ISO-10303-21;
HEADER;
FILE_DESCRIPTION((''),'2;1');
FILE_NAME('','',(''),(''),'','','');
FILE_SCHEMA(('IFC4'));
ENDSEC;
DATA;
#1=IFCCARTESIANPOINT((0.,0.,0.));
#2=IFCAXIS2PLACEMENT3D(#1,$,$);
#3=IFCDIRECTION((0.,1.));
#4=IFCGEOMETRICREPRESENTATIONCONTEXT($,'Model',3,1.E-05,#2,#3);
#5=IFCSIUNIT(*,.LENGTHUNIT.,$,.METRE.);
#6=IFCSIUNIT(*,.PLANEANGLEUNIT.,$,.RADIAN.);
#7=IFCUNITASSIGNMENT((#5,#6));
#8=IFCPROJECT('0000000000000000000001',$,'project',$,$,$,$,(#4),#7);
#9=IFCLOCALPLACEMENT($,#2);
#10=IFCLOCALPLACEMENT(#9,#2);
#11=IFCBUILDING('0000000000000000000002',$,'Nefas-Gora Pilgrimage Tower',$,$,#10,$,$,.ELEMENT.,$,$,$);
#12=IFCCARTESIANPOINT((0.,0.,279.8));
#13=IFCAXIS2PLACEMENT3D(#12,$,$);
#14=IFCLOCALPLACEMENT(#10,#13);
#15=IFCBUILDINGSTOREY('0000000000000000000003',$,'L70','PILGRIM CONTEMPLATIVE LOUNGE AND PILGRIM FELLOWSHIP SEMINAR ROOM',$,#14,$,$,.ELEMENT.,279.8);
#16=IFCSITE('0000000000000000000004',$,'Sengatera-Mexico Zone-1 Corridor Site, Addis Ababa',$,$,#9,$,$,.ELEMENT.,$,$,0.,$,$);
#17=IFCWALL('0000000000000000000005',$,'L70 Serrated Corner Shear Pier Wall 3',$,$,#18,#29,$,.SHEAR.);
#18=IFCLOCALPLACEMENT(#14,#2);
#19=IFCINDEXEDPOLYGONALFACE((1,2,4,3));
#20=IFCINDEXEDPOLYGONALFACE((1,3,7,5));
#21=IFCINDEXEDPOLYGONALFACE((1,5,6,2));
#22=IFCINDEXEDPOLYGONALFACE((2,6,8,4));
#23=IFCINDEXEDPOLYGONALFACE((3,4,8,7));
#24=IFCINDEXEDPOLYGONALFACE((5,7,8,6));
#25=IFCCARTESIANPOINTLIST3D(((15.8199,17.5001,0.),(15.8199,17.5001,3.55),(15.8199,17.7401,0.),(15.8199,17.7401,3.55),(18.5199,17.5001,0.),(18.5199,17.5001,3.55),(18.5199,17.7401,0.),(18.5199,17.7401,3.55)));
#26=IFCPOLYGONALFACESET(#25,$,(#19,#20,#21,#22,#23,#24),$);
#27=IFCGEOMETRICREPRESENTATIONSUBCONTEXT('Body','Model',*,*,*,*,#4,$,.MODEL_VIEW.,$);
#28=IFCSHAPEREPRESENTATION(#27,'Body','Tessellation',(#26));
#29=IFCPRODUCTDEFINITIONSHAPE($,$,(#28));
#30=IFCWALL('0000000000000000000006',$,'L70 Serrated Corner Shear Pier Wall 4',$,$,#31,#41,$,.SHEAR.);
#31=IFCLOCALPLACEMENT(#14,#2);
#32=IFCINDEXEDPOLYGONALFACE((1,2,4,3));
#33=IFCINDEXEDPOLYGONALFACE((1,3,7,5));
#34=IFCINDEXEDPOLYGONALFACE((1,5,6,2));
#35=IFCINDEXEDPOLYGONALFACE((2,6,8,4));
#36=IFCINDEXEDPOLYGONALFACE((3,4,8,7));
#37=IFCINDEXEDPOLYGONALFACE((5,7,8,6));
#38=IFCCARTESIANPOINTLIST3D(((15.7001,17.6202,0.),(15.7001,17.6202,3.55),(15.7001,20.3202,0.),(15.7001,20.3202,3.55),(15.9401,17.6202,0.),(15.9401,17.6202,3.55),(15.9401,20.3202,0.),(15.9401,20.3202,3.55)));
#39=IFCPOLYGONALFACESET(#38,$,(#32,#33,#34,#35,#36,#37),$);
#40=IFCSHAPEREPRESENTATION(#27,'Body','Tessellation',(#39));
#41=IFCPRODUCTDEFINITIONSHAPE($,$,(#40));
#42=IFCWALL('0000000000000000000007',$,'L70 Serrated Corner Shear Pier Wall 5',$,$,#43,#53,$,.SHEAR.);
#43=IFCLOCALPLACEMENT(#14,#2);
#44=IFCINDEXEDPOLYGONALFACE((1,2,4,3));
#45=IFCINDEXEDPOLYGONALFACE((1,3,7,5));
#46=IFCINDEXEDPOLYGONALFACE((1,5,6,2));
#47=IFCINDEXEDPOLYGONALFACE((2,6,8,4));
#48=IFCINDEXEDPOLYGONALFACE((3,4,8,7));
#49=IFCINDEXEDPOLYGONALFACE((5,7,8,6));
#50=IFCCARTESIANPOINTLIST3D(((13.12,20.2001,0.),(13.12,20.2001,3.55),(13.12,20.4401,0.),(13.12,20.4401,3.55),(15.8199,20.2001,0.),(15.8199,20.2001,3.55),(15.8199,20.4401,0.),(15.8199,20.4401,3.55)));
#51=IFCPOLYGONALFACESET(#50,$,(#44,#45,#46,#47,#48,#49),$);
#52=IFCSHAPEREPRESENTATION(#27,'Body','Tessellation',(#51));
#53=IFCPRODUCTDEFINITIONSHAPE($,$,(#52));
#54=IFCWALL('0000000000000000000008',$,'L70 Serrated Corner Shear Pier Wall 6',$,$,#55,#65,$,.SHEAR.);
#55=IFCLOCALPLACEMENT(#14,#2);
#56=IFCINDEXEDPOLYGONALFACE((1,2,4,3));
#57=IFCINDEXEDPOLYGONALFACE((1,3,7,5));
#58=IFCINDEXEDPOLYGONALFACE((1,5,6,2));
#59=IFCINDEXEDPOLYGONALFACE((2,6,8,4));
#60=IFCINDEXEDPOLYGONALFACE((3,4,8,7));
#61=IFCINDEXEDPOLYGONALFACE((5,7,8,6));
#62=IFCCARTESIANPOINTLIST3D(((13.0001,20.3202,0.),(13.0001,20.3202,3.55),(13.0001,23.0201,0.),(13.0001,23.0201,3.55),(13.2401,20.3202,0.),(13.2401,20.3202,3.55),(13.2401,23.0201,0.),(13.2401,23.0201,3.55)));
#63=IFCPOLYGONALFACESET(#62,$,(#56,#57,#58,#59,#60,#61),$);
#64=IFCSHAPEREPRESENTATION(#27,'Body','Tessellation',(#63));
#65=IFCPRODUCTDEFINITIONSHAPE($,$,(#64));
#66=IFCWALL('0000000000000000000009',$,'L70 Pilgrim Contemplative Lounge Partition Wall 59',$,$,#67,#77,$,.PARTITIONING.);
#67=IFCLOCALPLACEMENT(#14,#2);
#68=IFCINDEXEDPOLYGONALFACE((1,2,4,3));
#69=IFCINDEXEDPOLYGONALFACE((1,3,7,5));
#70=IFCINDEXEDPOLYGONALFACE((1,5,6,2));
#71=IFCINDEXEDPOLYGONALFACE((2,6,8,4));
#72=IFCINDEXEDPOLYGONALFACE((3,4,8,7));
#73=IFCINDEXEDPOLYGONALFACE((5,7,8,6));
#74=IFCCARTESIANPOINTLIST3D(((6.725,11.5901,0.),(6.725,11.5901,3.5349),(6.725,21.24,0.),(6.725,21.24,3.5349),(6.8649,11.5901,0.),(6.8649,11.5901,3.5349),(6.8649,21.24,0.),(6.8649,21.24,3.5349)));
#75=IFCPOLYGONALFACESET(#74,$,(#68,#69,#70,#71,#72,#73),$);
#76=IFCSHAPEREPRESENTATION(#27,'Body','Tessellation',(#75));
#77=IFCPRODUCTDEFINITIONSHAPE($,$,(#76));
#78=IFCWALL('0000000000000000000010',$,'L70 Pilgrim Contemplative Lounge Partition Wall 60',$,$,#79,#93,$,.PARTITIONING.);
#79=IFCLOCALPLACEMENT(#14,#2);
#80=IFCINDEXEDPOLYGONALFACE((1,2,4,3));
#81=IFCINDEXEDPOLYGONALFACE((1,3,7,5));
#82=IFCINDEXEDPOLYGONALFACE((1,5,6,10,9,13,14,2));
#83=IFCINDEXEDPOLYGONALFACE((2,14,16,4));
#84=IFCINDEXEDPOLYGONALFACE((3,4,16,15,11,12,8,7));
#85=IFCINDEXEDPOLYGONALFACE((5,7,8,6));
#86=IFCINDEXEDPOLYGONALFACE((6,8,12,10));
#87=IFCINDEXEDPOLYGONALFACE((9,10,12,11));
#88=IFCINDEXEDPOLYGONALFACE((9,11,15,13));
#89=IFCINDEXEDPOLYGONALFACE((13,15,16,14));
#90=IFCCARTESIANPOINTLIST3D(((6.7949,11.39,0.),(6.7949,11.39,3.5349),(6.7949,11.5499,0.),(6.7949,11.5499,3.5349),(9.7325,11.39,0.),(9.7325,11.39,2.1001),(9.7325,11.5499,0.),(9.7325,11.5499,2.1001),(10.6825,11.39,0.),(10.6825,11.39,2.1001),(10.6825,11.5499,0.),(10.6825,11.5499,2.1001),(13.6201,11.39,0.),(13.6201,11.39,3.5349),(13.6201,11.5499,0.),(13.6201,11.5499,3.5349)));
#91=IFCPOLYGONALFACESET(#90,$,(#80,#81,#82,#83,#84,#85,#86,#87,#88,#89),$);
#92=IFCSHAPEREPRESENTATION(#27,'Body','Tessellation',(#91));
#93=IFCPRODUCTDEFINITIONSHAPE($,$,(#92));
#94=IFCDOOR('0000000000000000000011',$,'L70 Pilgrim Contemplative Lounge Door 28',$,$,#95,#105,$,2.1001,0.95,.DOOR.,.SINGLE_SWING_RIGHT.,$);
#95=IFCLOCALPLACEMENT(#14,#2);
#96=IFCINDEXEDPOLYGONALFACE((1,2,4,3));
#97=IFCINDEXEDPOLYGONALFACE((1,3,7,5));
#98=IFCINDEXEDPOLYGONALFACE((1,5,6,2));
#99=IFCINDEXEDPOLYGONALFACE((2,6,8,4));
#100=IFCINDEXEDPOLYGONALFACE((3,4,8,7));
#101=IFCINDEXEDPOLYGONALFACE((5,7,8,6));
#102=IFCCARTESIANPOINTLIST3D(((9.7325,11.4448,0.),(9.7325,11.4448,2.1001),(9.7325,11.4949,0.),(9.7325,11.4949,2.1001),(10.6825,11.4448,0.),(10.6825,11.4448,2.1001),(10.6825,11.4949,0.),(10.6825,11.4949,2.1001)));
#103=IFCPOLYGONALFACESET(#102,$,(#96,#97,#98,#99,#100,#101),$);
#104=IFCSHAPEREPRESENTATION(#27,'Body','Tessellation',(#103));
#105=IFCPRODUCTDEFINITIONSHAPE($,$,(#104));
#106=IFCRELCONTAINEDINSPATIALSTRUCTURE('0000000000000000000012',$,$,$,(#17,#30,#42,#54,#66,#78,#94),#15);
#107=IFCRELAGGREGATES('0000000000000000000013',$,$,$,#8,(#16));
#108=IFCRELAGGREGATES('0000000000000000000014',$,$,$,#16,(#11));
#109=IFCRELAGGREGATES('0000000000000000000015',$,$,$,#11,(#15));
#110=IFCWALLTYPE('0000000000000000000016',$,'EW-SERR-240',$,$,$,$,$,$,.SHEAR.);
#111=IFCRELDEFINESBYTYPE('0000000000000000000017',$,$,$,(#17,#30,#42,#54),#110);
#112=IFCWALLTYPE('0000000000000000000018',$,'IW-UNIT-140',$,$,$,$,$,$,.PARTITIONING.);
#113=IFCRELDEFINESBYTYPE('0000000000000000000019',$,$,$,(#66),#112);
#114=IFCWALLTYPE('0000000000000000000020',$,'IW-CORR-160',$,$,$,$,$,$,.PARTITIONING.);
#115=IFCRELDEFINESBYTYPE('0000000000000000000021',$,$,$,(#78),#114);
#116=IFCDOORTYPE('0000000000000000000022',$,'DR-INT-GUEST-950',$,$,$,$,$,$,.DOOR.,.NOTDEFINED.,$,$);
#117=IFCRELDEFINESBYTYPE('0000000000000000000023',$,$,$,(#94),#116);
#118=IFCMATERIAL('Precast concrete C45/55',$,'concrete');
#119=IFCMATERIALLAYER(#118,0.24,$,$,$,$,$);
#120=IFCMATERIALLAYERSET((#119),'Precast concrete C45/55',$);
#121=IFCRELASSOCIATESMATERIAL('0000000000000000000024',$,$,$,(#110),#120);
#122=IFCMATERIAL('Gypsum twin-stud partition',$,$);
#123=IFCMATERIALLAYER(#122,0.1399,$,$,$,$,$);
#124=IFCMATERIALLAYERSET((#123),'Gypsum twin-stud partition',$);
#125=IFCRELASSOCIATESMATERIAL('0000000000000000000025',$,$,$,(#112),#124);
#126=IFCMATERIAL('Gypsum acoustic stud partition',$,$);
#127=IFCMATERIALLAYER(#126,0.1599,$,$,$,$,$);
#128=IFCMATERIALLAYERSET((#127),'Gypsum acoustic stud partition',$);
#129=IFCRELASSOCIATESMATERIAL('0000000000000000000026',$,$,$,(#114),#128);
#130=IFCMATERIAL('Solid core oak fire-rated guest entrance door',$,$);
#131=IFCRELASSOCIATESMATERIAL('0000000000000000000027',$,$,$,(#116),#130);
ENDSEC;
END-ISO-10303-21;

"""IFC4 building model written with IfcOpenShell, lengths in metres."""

from ifc_helpers import new_model, si_unit, direction, frame, frame_2d, origin, place, context, subcontext, project, spatial, rectangle, extrude, source, transform, mapped, material, layer, layer_set, type_object, element, fill, save


model = new_model("IFC4")

# Units and contexts
model_context = context("Model", 3, precision=1e-05, world=origin(), true_north=direction((0.0, 1.0)))
body_context = subcontext(model_context, "Body", "Model", "MODEL_VIEW")
ifc_project = project(units=[si_unit("LENGTHUNIT", "METRE"), si_unit("PLANEANGLEUNIT", "RADIAN")], contexts=[model_context])

# Site, building, storey
site_placement = place(None, origin())
site = spatial("IfcSite", under=ifc_project, at=site_placement, Name="Sengatera-Mexico Zone-1 Corridor Site, Addis Ababa", CompositionType="ELEMENT", RefElevation=0.0)
building_placement = place(site_placement, origin())
building = spatial("IfcBuilding", under=site, at=building_placement, Name="Nefas-Gora Pilgrimage Tower", CompositionType="ELEMENT")
storey_placement = place(building_placement, frame((0.0, 0.0, 279.8)))
storey = spatial("IfcBuildingStorey", under=building, at=storey_placement, Name="L70", Description="PILGRIM CONTEMPLATIVE LOUNGE AND PILGRIM FELLOWSHIP SEMINAR ROOM", CompositionType="ELEMENT", Elevation=279.8)

# Walls
ifc_material_1 = material(Name="Precast concrete C45/55", Category="concrete")
ifc_layer_1 = layer(ifc_material_1, 0.24)
ifc_layer_set_1 = layer_set([ifc_layer_1], Name="Precast concrete C45/55")
wall_type_1 = type_object("IfcWallType", Name="EW-SERR-240", PredefinedType="SHEAR", material=ifc_layer_set_1)
shared_shape_1 = source(origin(), body_context, "Body", "SweptSolid", [
    extrude(rectangle(XDim=2.7, YDim=0.24, at=frame_2d((1.3501, 0.0))), origin(), (0.0, 0.0, 1.0), 3.55),
])
for number, where, z_axis, x_axis, name in (
    (1, (18.52, 17.6201, 0.0), (0.0, 0.0, 1.0), (-1.0, 0.0, 0.0), "L70 Serrated Corner Shear Pier Wall 3"),
    (2, (15.8201, 17.6201, 0.0), (0.0, 0.0, 1.0), (0.0, 1.0, 0.0), "L70 Serrated Corner Shear Pier Wall 4"),
    (3, (15.8201, 20.3201, 0.0), (0.0, 0.0, 1.0), (-1.0, 0.0, 0.0), "L70 Serrated Corner Shear Pier Wall 5"),
    (4, (13.1201, 20.3201, 0.0), (0.0, 0.0, 1.0), (0.0, 1.0, 0.0), "L70 Serrated Corner Shear Pier Wall 6"),
):
    element("IfcWall", number, at=place(storey_placement, frame(where, z_axis=z_axis, x_axis=x_axis)), inside=storey, type_object=wall_type_1, Name=name, PredefinedType="SHEAR", context=body_context, shape_type="MappedRepresentation", body=[
        mapped(shared_shape_1, transform((0.0, 0.0, 0.0), x_axis=(1.0, 0.0, 0.0), y_axis=(0.0, 1.0, 0.0), z_axis=(0.0, 0.0, 1.0), scale=1.0)),
    ])
ifc_material_2 = material(Name="Gypsum twin-stud partition")
ifc_layer_2 = layer(ifc_material_2, 0.1399)
ifc_layer_set_2 = layer_set([ifc_layer_2], Name="Gypsum twin-stud partition")
wall_type_2 = type_object("IfcWallType", Name="IW-UNIT-140", PredefinedType="PARTITIONING", material=ifc_layer_set_2)
shared_shape_2 = source(origin(), body_context, "Body", "SweptSolid", [
    extrude(rectangle(XDim=9.6499, YDim=0.1399, at=frame_2d((4.825, 0.0))), origin(), (0.0, 0.0, 1.0), 3.5349),
])
wall_1_placement = place(storey_placement, frame((6.7949, 11.5901, 0.0), z_axis=(0.0, 0.0, 1.0), x_axis=(0.0, 1.0, 0.0)))
element("IfcWall", 5, at=wall_1_placement, inside=storey, type_object=wall_type_2, Name="L70 Pilgrim Contemplative Lounge Partition Wall 59", PredefinedType="PARTITIONING", context=body_context, shape_type="MappedRepresentation", body=[
    mapped(shared_shape_2, transform((0.0, 0.0, 0.0), x_axis=(1.0, 0.0, 0.0), y_axis=(0.0, 1.0, 0.0), z_axis=(0.0, 0.0, 1.0), scale=1.0)),
])

# Wall, opening, door
ifc_material_3 = material(Name="Gypsum acoustic stud partition")
ifc_layer_3 = layer(ifc_material_3, 0.1599)
ifc_layer_set_3 = layer_set([ifc_layer_3], Name="Gypsum acoustic stud partition")
wall_type_3 = type_object("IfcWallType", Name="IW-CORR-160", PredefinedType="PARTITIONING", material=ifc_layer_set_3)
shared_shape_3 = source(origin(), body_context, "Body", "SweptSolid", [
    extrude(rectangle(XDim=6.8252, YDim=0.1599, at=frame_2d((3.4126, 0.0))), origin(), (0.0, 0.0, 1.0), 3.5349),
])
wall_2_placement = place(storey_placement, frame((6.7949, 11.47, 0.0), z_axis=(0.0, 0.0, 1.0), x_axis=(1.0, 0.0, 0.0)))
wall_2 = element("IfcWall", 6, at=wall_2_placement, inside=storey, type_object=wall_type_3, Name="L70 Pilgrim Contemplative Lounge Partition Wall 60", PredefinedType="PARTITIONING", context=body_context, shape_type="MappedRepresentation", body=[
    mapped(shared_shape_3, transform((0.0, 0.0, 0.0), x_axis=(1.0, 0.0, 0.0), y_axis=(0.0, 1.0, 0.0), z_axis=(0.0, 0.0, 1.0), scale=1.0)),
])
opening_placement = place(wall_2_placement, frame((2.9375, 0.0, 0.0)))
opening = element("IfcOpeningElement", 7, at=opening_placement, cuts=wall_2, PredefinedType="OPENING", context=body_context, shape_type="SweptSolid", body=[
    extrude(rectangle(XDim=0.95, YDim=2.1001, at=frame_2d((0.4751, 1.05))), frame((0.0, 0.0898, 0.0), z_axis=(0.0, -1.0, 0.0), x_axis=(1.0, 0.0, 0.0)), (0.0, 0.0, 1.0), 0.1799),
])
ifc_material_4 = material(Name="Solid core oak fire-rated guest entrance door")
door_type = type_object("IfcDoorType", Name="DR-INT-GUEST-950", OperationType="NOTDEFINED", PredefinedType="DOOR", material=ifc_material_4)
shared_shape_4 = source(origin(), body_context, "Body", "SweptSolid", [
    extrude(rectangle(XDim=0.95, YDim=2.1001, at=frame_2d((0.4751, 1.05))), frame((0.0, 0.0249, 0.0), z_axis=(0.0, -1.0, 0.0), x_axis=(1.0, 0.0, 0.0)), (0.0, 0.0, 1.0), 0.05),
])
door_placement = place(opening_placement, origin())
door = element("IfcDoor", 8, at=door_placement, inside=storey, type_object=door_type, Name="L70 Pilgrim Contemplative Lounge Door 28", OperationType="SINGLE_SWING_RIGHT", OverallHeight=2.1001, OverallWidth=0.95, PredefinedType="DOOR", context=body_context, shape_type="MappedRepresentation", body=[
    mapped(shared_shape_4, transform((0.0, 0.0, 0.0), x_axis=(1.0, 0.0, 0.0), y_axis=(0.0, 1.0, 0.0), z_axis=(0.0, 0.0, 1.0), scale=1.0)),
])
fill(opening, door)

save(model, "model.ifc")
